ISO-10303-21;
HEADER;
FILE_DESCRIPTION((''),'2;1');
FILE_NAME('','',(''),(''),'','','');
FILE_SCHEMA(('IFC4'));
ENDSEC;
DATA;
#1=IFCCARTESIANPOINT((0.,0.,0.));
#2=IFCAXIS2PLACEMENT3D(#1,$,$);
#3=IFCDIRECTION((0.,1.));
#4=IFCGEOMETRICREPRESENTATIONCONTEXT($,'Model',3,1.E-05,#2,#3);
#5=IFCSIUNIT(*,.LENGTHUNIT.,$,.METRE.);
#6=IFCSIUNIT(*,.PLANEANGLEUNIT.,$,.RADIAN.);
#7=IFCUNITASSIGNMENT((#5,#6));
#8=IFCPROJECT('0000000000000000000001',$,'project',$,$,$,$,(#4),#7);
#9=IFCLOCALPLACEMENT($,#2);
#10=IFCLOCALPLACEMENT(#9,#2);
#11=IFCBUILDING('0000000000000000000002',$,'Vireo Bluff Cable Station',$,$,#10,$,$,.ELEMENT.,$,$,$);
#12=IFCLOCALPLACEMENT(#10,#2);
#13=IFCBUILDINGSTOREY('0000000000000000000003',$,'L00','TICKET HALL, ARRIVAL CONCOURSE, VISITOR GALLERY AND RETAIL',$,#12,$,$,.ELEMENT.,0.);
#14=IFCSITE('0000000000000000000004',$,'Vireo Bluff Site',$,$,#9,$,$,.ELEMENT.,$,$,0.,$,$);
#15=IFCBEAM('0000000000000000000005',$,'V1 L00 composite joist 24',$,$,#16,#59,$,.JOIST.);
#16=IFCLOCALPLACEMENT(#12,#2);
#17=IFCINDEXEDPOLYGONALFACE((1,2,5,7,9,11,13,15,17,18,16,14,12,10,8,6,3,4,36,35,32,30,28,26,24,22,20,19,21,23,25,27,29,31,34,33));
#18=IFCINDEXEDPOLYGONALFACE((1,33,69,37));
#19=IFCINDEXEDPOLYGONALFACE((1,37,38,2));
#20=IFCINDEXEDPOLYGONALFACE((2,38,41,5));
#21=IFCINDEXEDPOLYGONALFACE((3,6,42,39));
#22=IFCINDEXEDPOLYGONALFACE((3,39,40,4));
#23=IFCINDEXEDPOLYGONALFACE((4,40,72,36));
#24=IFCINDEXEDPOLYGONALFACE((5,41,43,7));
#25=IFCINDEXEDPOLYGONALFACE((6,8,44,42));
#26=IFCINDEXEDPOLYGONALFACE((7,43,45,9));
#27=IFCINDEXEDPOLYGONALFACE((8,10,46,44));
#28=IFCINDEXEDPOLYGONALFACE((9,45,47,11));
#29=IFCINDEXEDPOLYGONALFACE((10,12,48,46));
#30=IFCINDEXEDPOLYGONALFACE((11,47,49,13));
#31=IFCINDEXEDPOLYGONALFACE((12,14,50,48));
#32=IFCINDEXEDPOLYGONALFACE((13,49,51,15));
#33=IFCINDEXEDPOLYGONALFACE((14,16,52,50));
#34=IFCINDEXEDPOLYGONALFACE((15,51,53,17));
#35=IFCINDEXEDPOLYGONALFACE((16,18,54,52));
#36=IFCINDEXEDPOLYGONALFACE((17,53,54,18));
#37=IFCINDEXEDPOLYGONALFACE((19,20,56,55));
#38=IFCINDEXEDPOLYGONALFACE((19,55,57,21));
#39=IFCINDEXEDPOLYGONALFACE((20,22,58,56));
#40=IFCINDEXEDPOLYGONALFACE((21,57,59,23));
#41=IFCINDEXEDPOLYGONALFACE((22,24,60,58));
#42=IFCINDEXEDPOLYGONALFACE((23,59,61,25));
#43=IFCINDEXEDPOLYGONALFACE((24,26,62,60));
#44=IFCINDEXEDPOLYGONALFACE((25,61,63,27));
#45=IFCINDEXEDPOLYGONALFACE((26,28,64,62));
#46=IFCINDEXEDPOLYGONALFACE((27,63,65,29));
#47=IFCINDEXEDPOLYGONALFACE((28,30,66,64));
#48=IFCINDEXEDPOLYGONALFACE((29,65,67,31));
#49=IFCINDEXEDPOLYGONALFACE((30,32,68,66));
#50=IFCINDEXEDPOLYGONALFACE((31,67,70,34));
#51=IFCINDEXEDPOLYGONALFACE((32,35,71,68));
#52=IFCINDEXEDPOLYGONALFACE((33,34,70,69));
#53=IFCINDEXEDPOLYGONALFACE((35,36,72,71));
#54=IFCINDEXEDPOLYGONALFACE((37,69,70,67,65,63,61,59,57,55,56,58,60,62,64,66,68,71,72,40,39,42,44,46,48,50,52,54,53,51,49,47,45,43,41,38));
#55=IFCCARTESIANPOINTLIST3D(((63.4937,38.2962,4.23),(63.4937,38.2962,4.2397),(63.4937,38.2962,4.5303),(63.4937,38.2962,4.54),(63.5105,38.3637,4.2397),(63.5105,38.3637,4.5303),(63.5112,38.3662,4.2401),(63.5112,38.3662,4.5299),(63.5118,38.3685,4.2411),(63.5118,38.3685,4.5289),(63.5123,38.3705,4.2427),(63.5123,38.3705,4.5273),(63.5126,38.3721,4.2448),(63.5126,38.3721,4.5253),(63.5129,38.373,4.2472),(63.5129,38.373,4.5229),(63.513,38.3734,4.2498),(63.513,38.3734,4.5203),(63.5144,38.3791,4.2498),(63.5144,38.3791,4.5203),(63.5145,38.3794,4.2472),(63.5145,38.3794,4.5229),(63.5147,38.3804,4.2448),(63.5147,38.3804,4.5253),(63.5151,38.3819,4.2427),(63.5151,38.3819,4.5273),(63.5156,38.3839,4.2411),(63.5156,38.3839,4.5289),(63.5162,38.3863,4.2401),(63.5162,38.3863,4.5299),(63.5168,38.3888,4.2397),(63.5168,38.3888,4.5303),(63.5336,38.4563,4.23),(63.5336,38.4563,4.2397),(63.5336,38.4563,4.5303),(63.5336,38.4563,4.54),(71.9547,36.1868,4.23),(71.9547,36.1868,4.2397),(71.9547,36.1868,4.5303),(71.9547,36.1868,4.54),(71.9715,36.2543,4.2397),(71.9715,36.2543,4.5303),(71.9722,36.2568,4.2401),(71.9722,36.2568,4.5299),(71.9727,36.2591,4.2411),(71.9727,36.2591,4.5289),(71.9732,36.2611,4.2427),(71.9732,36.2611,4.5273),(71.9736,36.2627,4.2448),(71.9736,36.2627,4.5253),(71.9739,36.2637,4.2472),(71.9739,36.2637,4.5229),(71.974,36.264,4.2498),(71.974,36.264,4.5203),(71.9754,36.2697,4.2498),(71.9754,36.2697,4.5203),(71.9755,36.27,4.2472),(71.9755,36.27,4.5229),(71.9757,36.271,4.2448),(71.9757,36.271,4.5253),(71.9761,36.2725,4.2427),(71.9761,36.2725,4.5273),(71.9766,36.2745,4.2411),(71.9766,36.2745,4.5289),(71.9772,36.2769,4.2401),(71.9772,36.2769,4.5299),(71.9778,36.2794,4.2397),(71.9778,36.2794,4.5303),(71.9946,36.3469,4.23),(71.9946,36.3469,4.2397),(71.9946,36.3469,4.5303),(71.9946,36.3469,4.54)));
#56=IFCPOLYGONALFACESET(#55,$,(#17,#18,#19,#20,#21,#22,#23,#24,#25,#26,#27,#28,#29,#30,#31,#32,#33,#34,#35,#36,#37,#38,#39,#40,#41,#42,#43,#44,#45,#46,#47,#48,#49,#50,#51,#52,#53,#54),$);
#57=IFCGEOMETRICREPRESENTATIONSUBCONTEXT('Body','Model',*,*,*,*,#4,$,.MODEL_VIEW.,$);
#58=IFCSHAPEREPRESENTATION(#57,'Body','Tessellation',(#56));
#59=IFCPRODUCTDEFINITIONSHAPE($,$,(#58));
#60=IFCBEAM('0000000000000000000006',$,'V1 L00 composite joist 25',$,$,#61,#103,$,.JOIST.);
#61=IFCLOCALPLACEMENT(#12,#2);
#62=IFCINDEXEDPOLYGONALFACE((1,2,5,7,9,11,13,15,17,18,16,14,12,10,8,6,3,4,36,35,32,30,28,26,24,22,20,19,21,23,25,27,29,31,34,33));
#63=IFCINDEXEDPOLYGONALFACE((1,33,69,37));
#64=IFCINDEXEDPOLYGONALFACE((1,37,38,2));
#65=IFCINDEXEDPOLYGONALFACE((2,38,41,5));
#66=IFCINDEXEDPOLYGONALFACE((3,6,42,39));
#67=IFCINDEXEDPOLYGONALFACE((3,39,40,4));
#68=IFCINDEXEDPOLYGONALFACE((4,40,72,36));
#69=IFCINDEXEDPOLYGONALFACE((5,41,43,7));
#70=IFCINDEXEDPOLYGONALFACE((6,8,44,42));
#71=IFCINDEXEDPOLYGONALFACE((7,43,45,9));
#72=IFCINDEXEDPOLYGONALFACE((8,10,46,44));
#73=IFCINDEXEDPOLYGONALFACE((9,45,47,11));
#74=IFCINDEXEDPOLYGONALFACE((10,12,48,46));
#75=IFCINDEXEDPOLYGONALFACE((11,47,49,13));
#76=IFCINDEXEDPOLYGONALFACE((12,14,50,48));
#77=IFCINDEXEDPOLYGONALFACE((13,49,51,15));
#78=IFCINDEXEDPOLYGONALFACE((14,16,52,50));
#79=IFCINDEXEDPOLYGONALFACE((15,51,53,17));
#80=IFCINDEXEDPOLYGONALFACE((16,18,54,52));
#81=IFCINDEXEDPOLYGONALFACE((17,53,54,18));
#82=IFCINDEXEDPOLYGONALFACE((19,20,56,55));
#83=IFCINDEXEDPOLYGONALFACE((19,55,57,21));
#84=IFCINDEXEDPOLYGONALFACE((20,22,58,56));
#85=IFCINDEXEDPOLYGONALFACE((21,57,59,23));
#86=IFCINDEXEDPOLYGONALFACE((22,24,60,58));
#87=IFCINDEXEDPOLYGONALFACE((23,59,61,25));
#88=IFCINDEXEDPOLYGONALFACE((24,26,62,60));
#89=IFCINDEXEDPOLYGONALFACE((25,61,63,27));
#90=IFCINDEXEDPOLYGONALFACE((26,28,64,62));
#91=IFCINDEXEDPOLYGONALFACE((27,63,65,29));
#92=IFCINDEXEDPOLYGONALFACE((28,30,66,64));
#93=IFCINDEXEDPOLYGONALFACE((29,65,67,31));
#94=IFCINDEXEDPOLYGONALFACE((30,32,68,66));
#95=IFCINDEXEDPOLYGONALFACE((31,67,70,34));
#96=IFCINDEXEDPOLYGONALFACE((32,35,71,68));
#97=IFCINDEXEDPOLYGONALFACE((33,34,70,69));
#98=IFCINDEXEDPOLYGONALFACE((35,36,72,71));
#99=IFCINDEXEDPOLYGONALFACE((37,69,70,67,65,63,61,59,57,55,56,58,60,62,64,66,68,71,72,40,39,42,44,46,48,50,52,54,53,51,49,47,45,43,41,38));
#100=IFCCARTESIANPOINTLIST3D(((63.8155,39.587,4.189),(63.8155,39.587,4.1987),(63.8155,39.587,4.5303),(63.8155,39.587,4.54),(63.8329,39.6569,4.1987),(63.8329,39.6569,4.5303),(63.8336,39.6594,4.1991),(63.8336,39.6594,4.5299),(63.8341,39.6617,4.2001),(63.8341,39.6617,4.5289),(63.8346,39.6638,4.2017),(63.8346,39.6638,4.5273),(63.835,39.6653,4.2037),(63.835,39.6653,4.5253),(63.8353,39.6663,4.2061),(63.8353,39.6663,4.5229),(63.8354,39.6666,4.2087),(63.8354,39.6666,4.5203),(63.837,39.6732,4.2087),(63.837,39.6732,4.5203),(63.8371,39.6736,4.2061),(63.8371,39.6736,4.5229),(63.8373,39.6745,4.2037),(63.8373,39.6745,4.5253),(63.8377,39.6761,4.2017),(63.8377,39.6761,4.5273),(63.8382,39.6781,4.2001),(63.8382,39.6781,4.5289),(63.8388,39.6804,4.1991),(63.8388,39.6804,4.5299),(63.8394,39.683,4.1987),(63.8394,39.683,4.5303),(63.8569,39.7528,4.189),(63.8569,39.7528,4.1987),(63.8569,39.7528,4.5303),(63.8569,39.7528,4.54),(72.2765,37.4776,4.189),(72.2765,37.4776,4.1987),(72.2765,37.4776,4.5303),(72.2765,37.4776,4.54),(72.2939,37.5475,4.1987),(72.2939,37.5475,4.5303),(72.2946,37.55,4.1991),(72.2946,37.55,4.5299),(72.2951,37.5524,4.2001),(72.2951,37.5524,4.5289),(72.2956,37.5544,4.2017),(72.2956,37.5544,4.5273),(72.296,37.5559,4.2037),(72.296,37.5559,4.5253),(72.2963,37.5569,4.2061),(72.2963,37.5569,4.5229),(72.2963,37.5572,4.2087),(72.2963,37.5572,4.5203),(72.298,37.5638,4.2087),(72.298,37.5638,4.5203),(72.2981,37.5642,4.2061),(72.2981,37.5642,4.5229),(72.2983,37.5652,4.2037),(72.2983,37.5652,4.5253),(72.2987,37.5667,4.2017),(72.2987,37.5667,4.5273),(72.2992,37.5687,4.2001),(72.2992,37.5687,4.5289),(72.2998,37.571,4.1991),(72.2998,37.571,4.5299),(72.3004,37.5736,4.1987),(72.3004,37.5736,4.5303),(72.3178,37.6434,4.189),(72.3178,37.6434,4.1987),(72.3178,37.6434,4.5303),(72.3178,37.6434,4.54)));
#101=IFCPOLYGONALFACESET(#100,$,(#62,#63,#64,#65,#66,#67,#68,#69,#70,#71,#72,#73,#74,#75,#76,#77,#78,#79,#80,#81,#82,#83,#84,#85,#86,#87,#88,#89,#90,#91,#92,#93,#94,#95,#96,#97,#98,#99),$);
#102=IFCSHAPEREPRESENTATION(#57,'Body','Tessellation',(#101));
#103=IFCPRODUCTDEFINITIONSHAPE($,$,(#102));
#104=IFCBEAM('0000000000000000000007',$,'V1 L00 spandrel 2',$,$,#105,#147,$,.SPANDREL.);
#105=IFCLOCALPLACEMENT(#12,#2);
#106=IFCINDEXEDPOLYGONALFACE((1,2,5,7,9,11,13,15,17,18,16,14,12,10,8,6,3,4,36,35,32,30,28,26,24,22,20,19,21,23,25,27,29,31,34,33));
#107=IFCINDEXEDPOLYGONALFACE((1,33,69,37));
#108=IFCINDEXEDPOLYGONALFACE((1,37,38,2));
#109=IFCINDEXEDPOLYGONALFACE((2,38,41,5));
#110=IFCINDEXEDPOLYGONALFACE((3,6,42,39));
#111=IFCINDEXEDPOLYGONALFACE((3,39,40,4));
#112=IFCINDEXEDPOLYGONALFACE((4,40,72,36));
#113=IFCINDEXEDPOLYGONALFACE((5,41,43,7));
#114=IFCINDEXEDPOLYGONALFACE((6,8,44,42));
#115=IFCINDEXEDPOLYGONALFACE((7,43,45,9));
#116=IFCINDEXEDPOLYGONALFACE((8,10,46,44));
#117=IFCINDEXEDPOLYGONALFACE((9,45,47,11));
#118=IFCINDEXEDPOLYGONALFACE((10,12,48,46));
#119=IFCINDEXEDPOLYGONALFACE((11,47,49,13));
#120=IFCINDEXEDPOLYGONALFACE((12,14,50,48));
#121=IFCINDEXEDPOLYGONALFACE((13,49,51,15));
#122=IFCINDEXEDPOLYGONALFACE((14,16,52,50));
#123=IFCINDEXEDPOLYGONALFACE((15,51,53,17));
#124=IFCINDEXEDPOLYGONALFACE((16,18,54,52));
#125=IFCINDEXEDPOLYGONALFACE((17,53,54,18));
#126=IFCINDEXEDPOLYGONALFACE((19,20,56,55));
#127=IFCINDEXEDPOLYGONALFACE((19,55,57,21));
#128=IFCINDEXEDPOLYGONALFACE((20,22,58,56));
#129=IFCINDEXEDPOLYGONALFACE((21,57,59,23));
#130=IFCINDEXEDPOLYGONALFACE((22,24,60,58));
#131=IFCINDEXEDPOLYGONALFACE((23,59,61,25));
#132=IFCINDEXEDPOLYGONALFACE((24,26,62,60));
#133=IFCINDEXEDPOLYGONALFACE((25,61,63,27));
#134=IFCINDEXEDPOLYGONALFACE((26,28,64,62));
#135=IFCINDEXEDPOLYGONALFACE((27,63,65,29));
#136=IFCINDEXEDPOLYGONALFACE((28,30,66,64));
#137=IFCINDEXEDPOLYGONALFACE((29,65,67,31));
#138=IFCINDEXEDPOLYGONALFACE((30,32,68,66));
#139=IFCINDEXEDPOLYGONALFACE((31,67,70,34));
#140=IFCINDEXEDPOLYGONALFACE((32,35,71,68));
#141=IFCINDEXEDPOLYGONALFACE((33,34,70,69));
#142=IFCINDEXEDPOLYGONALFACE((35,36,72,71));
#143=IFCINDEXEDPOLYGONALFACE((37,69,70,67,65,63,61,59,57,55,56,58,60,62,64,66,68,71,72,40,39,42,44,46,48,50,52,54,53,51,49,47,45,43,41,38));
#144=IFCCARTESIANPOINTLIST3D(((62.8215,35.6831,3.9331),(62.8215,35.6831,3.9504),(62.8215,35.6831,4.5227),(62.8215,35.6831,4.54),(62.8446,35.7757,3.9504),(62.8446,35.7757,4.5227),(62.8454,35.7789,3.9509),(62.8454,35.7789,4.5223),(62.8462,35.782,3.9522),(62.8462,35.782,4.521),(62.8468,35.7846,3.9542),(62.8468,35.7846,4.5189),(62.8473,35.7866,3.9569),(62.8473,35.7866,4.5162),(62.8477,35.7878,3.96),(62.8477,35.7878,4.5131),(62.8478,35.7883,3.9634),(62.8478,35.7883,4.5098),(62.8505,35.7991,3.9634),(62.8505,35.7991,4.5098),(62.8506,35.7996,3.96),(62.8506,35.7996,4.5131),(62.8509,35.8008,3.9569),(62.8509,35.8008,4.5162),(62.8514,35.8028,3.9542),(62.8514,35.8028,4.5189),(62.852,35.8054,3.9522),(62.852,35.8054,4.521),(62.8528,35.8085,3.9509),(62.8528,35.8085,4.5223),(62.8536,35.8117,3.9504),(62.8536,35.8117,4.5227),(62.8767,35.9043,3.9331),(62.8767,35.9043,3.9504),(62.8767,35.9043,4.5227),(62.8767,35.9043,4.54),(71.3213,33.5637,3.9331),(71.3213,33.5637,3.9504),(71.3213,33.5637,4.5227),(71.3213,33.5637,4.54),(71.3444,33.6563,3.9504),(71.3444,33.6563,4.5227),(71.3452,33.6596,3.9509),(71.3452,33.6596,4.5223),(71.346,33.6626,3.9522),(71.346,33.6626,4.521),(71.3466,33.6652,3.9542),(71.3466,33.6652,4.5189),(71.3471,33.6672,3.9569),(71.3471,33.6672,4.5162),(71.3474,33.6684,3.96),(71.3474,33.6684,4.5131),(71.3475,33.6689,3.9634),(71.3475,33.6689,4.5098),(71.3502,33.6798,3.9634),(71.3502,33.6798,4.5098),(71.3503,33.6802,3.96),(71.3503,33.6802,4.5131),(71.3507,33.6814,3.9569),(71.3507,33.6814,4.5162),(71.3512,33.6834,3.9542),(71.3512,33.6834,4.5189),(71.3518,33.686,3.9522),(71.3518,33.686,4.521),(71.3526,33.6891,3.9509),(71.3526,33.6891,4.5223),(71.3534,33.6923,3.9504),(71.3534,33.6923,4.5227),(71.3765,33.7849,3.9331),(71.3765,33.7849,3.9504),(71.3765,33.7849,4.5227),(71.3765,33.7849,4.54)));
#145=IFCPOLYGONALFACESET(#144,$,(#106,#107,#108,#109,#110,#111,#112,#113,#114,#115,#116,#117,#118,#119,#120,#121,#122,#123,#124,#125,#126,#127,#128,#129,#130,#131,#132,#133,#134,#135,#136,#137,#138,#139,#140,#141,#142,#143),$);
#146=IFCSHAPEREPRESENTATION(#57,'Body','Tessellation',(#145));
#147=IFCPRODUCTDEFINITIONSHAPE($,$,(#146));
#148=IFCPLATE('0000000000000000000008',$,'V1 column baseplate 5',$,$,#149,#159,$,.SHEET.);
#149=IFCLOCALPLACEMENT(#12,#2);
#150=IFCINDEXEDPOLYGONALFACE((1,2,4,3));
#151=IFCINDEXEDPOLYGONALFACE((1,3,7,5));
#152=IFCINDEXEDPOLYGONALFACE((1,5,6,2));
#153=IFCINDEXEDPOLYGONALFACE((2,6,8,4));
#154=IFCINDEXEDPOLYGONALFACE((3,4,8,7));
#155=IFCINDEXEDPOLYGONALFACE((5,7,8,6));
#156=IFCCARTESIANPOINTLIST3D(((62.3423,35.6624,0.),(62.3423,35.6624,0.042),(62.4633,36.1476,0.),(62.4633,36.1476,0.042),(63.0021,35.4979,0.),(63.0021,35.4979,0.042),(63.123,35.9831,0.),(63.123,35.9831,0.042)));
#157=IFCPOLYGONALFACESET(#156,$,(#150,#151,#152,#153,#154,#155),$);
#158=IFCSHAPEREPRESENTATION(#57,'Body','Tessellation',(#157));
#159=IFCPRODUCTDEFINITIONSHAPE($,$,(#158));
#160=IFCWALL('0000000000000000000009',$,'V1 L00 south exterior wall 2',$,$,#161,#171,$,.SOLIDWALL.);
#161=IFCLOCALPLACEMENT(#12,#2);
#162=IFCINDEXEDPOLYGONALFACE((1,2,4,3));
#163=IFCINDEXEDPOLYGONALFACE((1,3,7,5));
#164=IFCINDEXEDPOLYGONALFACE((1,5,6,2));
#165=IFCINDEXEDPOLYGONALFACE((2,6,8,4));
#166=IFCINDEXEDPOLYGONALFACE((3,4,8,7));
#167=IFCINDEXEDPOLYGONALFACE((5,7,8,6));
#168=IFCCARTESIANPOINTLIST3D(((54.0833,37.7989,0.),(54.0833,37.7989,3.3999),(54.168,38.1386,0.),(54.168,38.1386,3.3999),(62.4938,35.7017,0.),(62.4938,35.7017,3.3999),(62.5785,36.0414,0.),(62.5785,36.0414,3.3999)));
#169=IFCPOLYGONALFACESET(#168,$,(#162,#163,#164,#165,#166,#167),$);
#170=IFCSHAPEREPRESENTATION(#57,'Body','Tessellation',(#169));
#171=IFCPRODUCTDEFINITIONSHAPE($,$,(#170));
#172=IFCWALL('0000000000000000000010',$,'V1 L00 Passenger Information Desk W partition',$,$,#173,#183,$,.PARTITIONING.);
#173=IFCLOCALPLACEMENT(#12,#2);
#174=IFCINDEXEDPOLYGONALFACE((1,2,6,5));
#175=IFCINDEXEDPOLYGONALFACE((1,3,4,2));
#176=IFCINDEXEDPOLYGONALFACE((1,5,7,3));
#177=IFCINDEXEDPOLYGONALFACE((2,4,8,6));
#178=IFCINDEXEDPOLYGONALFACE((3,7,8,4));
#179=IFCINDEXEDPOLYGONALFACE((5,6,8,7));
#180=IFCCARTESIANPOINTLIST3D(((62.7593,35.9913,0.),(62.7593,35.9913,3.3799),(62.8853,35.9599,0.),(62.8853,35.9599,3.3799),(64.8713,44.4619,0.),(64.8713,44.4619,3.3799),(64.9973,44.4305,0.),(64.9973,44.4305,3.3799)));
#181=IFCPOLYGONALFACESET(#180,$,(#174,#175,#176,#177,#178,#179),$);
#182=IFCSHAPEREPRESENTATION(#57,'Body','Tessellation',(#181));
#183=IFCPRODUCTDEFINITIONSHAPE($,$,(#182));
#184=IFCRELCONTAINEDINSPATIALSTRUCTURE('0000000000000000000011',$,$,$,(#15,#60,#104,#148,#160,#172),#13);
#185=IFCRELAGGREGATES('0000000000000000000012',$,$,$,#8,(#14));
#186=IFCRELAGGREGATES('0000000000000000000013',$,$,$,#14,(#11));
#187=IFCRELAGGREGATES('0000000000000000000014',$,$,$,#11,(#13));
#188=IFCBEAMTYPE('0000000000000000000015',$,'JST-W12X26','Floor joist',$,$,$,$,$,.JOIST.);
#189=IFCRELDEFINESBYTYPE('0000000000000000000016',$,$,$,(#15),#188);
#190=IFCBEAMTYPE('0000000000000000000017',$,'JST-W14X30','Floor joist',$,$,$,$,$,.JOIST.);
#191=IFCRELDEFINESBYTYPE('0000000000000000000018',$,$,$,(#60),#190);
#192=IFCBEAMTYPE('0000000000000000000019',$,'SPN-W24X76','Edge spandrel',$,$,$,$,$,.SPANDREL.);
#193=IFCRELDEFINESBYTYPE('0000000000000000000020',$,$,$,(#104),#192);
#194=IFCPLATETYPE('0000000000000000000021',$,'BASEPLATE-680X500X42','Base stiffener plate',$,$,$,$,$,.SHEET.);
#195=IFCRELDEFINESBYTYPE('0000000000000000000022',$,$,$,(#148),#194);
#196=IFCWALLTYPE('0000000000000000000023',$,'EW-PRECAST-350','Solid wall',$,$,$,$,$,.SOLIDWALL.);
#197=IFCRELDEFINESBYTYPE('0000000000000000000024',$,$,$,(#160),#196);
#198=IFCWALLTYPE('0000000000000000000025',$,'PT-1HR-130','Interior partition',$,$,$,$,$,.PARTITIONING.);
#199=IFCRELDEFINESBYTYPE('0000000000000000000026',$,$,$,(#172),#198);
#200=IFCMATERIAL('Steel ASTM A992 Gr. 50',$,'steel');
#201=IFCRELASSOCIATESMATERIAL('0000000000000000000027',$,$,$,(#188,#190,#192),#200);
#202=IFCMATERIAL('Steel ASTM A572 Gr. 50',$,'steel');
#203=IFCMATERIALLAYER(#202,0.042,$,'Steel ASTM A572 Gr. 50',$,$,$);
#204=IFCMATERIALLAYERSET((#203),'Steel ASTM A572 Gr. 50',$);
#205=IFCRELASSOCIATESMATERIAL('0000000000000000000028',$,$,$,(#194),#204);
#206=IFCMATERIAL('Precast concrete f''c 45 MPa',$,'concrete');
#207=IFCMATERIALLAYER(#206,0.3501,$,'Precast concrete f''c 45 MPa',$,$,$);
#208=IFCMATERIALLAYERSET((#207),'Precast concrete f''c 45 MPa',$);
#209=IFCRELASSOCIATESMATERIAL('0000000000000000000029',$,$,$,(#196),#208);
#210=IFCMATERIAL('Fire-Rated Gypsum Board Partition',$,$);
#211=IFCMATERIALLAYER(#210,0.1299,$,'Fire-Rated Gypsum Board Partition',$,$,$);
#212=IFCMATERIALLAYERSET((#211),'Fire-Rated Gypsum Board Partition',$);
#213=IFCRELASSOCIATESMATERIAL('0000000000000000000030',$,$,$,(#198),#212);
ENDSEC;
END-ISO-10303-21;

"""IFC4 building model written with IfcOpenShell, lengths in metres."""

from ifc_helpers import new_model, si_unit, direction, frame, frame_2d, origin, origin_2d, place, context, subcontext, project, spatial, rectangle, i_section, extrude, material, layer, layer_set, material_profile, profile_set, type_object, element, save


model = new_model("IFC4")

# Units and contexts
model_context = context("Model", 3, precision=1e-05, world=origin(), true_north=direction((0.0, 1.0)))
body_context = subcontext(model_context, "Body", "Model", "MODEL_VIEW")
ifc_project = project(units=[si_unit("LENGTHUNIT", "METRE"), si_unit("PLANEANGLEUNIT", "RADIAN")], contexts=[model_context])

# Site, building, storey
site_placement = place(None, origin())
site = spatial("IfcSite", under=ifc_project, at=site_placement, Name="Vireo Bluff Site", CompositionType="ELEMENT", RefElevation=0.0)
building_placement = place(site_placement, origin())
building = spatial("IfcBuilding", under=site, at=building_placement, Name="Vireo Bluff Cable Station", CompositionType="ELEMENT")
storey_placement = place(building_placement, origin())
storey = spatial("IfcBuildingStorey", under=building, at=storey_placement, Name="L00", Description="TICKET HALL, ARRIVAL CONCOURSE, VISITOR GALLERY AND RETAIL", CompositionType="ELEMENT", Elevation=0.0)

# Shared definitions
ifc_material_1 = material(Name="Steel ASTM A992 Gr. 50", Category="steel")

# Beams
ifc_material_profile_1 = material_profile(ifc_material_1, i_section(OverallWidth=0.165, OverallDepth=0.3101, WebThickness=0.0059, FlangeThickness=0.0098, FilletRadius=0.01, at=origin_2d()), Name="W12X26")
ifc_profile_set_1 = profile_set([ifc_material_profile_1], Name="Steel ASTM A992 Gr. 50")
beam_type_1 = type_object("IfcBeamType", Name="JST-W12X26", Description="Floor joist", PredefinedType="JOIST", material=ifc_profile_set_1)
beam_1_placement = place(storey_placement, frame((63.5137, 38.3762, 4.385), z_axis=(0.9703, -0.241903, 0.0), x_axis=(0.241903, 0.9703, 0.0)))
element("IfcBeam", 1, at=beam_1_placement, inside=storey, type_object=beam_type_1, Name="V1 L00 composite joist 24", PredefinedType="JOIST", context=body_context, shape_type="SweptSolid", body=[
    extrude(i_section(OverallWidth=0.165, OverallDepth=0.3101, WebThickness=0.0059, FlangeThickness=0.0098, FilletRadius=0.01, at=origin_2d()), origin(), (0.0, 0.0, 1.0), 8.72),
])
ifc_material_profile_2 = material_profile(ifc_material_1, i_section(OverallWidth=0.1709, OverallDepth=0.3511, WebThickness=0.0068, FlangeThickness=0.0098, FilletRadius=0.01, at=origin_2d()), Name="W14X30")
ifc_profile_set_2 = profile_set([ifc_material_profile_2], Name="Steel ASTM A992 Gr. 50")
beam_type_2 = type_object("IfcBeamType", Name="JST-W14X30", Description="Floor joist", PredefinedType="JOIST", material=ifc_profile_set_2)
beam_2_placement = place(storey_placement, frame((63.8362, 39.6699, 4.3645), z_axis=(0.9703, -0.241903, 0.0), x_axis=(0.241903, 0.9703, 0.0)))
element("IfcBeam", 2, at=beam_2_placement, inside=storey, type_object=beam_type_2, Name="V1 L00 composite joist 25", PredefinedType="JOIST", context=body_context, shape_type="SweptSolid", body=[
    extrude(i_section(OverallWidth=0.1709, OverallDepth=0.3511, WebThickness=0.0068, FlangeThickness=0.0098, FilletRadius=0.01, at=origin_2d()), origin(), (0.0, 0.0, 1.0), 8.72),
])
ifc_material_profile_3 = material_profile(ifc_material_1, i_section(OverallWidth=0.228, OverallDepth=0.6069, WebThickness=0.0112, FlangeThickness=0.0173, FilletRadius=0.0129, at=origin_2d()), Name="W24X76")
ifc_profile_set_3 = profile_set([ifc_material_profile_3], Name="Steel ASTM A992 Gr. 50")
beam_type_3 = type_object("IfcBeamType", Name="SPN-W24X76", Description="Edge spandrel", PredefinedType="SPANDREL", material=ifc_profile_set_3)
beam_3_placement = place(storey_placement, frame((62.8491, 35.7937, 4.2366), z_axis=(0.970292, -0.241939, 0.0), x_axis=(0.241939, 0.970292, 0.0)))
element("IfcBeam", 3, at=beam_3_placement, inside=storey, type_object=beam_type_3, Name="V1 L00 spandrel 2", PredefinedType="SPANDREL", context=body_context, shape_type="SweptSolid", body=[
    extrude(i_section(OverallWidth=0.228, OverallDepth=0.6069, WebThickness=0.0112, FlangeThickness=0.0173, FilletRadius=0.0129, at=origin_2d()), origin(), (0.0, 0.0, 1.0), 8.76),
])

# Plate
ifc_material_2 = material(Name="Steel ASTM A572 Gr. 50", Category="steel")
ifc_layer_1 = layer(ifc_material_2, 0.042, Name="Steel ASTM A572 Gr. 50")
ifc_layer_set_1 = layer_set([ifc_layer_1], Name="Steel ASTM A572 Gr. 50")
plate_type = type_object("IfcPlateType", Name="BASEPLATE-680X500X42", Description="Base stiffener plate", PredefinedType="SHEET", material=ifc_layer_set_1)
plate_placement = place(storey_placement, frame((62.7327, 35.8228, 0.0), z_axis=(0.0, 0.0, 1.0), x_axis=(0.970296, -0.241922, 0.0)))
element("IfcPlate", 4, at=plate_placement, inside=storey, type_object=plate_type, Name="V1 column baseplate 5", PredefinedType="SHEET", context=body_context, shape_type="SweptSolid", body=[
    extrude(rectangle(XDim=0.6799, YDim=0.5, at=origin_2d()), origin(), (0.0, 0.0, 1.0), 0.042),
])

# Walls
ifc_material_3 = material(Name="Precast concrete f'c 45 MPa", Category="concrete")
ifc_layer_2 = layer(ifc_material_3, 0.3501, Name="Precast concrete f'c 45 MPa")
ifc_layer_set_2 = layer_set([ifc_layer_2], Name="Precast concrete f'c 45 MPa")
wall_type_1 = type_object("IfcWallType", Name="EW-PRECAST-350", Description="Solid wall", PredefinedType="SOLIDWALL", material=ifc_layer_set_2)
wall_1_placement = place(storey_placement, frame((62.5361, 35.8716, 0.0), z_axis=(0.0, 0.0, 1.0), x_axis=(-0.97029, 0.241946, 0.0)))
element("IfcWall", 5, at=wall_1_placement, inside=storey, type_object=wall_type_1, Name="V1 L00 south exterior wall 2", PredefinedType="SOLIDWALL", context=body_context, shape_type="SweptSolid", body=[
    extrude(rectangle(XDim=8.668, YDim=0.3501, at=frame_2d((4.334, 0.0))), origin(), (0.0, 0.0, 1.0), 3.3999),
])
ifc_material_4 = material(Name="Fire-Rated Gypsum Board Partition")
ifc_layer_3 = layer(ifc_material_4, 0.1299, Name="Fire-Rated Gypsum Board Partition")
ifc_layer_set_3 = layer_set([ifc_layer_3], Name="Fire-Rated Gypsum Board Partition")
wall_type_2 = type_object("IfcWallType", Name="PT-1HR-130", Description="Interior partition", PredefinedType="PARTITIONING", material=ifc_layer_set_3)
wall_2_placement = place(storey_placement, frame((62.8223, 35.9756, 0.0), z_axis=(0.0, 0.0, 1.0), x_axis=(0.24193, 0.970294, 0.0)))
element("IfcWall", 6, at=wall_2_placement, inside=storey, type_object=wall_type_2, Name="V1 L00 Passenger Information Desk W partition", PredefinedType="PARTITIONING", context=body_context, shape_type="SweptSolid", body=[
    extrude(rectangle(XDim=8.73, YDim=0.1299, at=frame_2d((4.365, 0.0))), origin(), (0.0, 0.0, 1.0), 3.3799),
])

save(model, "model.ifc")
